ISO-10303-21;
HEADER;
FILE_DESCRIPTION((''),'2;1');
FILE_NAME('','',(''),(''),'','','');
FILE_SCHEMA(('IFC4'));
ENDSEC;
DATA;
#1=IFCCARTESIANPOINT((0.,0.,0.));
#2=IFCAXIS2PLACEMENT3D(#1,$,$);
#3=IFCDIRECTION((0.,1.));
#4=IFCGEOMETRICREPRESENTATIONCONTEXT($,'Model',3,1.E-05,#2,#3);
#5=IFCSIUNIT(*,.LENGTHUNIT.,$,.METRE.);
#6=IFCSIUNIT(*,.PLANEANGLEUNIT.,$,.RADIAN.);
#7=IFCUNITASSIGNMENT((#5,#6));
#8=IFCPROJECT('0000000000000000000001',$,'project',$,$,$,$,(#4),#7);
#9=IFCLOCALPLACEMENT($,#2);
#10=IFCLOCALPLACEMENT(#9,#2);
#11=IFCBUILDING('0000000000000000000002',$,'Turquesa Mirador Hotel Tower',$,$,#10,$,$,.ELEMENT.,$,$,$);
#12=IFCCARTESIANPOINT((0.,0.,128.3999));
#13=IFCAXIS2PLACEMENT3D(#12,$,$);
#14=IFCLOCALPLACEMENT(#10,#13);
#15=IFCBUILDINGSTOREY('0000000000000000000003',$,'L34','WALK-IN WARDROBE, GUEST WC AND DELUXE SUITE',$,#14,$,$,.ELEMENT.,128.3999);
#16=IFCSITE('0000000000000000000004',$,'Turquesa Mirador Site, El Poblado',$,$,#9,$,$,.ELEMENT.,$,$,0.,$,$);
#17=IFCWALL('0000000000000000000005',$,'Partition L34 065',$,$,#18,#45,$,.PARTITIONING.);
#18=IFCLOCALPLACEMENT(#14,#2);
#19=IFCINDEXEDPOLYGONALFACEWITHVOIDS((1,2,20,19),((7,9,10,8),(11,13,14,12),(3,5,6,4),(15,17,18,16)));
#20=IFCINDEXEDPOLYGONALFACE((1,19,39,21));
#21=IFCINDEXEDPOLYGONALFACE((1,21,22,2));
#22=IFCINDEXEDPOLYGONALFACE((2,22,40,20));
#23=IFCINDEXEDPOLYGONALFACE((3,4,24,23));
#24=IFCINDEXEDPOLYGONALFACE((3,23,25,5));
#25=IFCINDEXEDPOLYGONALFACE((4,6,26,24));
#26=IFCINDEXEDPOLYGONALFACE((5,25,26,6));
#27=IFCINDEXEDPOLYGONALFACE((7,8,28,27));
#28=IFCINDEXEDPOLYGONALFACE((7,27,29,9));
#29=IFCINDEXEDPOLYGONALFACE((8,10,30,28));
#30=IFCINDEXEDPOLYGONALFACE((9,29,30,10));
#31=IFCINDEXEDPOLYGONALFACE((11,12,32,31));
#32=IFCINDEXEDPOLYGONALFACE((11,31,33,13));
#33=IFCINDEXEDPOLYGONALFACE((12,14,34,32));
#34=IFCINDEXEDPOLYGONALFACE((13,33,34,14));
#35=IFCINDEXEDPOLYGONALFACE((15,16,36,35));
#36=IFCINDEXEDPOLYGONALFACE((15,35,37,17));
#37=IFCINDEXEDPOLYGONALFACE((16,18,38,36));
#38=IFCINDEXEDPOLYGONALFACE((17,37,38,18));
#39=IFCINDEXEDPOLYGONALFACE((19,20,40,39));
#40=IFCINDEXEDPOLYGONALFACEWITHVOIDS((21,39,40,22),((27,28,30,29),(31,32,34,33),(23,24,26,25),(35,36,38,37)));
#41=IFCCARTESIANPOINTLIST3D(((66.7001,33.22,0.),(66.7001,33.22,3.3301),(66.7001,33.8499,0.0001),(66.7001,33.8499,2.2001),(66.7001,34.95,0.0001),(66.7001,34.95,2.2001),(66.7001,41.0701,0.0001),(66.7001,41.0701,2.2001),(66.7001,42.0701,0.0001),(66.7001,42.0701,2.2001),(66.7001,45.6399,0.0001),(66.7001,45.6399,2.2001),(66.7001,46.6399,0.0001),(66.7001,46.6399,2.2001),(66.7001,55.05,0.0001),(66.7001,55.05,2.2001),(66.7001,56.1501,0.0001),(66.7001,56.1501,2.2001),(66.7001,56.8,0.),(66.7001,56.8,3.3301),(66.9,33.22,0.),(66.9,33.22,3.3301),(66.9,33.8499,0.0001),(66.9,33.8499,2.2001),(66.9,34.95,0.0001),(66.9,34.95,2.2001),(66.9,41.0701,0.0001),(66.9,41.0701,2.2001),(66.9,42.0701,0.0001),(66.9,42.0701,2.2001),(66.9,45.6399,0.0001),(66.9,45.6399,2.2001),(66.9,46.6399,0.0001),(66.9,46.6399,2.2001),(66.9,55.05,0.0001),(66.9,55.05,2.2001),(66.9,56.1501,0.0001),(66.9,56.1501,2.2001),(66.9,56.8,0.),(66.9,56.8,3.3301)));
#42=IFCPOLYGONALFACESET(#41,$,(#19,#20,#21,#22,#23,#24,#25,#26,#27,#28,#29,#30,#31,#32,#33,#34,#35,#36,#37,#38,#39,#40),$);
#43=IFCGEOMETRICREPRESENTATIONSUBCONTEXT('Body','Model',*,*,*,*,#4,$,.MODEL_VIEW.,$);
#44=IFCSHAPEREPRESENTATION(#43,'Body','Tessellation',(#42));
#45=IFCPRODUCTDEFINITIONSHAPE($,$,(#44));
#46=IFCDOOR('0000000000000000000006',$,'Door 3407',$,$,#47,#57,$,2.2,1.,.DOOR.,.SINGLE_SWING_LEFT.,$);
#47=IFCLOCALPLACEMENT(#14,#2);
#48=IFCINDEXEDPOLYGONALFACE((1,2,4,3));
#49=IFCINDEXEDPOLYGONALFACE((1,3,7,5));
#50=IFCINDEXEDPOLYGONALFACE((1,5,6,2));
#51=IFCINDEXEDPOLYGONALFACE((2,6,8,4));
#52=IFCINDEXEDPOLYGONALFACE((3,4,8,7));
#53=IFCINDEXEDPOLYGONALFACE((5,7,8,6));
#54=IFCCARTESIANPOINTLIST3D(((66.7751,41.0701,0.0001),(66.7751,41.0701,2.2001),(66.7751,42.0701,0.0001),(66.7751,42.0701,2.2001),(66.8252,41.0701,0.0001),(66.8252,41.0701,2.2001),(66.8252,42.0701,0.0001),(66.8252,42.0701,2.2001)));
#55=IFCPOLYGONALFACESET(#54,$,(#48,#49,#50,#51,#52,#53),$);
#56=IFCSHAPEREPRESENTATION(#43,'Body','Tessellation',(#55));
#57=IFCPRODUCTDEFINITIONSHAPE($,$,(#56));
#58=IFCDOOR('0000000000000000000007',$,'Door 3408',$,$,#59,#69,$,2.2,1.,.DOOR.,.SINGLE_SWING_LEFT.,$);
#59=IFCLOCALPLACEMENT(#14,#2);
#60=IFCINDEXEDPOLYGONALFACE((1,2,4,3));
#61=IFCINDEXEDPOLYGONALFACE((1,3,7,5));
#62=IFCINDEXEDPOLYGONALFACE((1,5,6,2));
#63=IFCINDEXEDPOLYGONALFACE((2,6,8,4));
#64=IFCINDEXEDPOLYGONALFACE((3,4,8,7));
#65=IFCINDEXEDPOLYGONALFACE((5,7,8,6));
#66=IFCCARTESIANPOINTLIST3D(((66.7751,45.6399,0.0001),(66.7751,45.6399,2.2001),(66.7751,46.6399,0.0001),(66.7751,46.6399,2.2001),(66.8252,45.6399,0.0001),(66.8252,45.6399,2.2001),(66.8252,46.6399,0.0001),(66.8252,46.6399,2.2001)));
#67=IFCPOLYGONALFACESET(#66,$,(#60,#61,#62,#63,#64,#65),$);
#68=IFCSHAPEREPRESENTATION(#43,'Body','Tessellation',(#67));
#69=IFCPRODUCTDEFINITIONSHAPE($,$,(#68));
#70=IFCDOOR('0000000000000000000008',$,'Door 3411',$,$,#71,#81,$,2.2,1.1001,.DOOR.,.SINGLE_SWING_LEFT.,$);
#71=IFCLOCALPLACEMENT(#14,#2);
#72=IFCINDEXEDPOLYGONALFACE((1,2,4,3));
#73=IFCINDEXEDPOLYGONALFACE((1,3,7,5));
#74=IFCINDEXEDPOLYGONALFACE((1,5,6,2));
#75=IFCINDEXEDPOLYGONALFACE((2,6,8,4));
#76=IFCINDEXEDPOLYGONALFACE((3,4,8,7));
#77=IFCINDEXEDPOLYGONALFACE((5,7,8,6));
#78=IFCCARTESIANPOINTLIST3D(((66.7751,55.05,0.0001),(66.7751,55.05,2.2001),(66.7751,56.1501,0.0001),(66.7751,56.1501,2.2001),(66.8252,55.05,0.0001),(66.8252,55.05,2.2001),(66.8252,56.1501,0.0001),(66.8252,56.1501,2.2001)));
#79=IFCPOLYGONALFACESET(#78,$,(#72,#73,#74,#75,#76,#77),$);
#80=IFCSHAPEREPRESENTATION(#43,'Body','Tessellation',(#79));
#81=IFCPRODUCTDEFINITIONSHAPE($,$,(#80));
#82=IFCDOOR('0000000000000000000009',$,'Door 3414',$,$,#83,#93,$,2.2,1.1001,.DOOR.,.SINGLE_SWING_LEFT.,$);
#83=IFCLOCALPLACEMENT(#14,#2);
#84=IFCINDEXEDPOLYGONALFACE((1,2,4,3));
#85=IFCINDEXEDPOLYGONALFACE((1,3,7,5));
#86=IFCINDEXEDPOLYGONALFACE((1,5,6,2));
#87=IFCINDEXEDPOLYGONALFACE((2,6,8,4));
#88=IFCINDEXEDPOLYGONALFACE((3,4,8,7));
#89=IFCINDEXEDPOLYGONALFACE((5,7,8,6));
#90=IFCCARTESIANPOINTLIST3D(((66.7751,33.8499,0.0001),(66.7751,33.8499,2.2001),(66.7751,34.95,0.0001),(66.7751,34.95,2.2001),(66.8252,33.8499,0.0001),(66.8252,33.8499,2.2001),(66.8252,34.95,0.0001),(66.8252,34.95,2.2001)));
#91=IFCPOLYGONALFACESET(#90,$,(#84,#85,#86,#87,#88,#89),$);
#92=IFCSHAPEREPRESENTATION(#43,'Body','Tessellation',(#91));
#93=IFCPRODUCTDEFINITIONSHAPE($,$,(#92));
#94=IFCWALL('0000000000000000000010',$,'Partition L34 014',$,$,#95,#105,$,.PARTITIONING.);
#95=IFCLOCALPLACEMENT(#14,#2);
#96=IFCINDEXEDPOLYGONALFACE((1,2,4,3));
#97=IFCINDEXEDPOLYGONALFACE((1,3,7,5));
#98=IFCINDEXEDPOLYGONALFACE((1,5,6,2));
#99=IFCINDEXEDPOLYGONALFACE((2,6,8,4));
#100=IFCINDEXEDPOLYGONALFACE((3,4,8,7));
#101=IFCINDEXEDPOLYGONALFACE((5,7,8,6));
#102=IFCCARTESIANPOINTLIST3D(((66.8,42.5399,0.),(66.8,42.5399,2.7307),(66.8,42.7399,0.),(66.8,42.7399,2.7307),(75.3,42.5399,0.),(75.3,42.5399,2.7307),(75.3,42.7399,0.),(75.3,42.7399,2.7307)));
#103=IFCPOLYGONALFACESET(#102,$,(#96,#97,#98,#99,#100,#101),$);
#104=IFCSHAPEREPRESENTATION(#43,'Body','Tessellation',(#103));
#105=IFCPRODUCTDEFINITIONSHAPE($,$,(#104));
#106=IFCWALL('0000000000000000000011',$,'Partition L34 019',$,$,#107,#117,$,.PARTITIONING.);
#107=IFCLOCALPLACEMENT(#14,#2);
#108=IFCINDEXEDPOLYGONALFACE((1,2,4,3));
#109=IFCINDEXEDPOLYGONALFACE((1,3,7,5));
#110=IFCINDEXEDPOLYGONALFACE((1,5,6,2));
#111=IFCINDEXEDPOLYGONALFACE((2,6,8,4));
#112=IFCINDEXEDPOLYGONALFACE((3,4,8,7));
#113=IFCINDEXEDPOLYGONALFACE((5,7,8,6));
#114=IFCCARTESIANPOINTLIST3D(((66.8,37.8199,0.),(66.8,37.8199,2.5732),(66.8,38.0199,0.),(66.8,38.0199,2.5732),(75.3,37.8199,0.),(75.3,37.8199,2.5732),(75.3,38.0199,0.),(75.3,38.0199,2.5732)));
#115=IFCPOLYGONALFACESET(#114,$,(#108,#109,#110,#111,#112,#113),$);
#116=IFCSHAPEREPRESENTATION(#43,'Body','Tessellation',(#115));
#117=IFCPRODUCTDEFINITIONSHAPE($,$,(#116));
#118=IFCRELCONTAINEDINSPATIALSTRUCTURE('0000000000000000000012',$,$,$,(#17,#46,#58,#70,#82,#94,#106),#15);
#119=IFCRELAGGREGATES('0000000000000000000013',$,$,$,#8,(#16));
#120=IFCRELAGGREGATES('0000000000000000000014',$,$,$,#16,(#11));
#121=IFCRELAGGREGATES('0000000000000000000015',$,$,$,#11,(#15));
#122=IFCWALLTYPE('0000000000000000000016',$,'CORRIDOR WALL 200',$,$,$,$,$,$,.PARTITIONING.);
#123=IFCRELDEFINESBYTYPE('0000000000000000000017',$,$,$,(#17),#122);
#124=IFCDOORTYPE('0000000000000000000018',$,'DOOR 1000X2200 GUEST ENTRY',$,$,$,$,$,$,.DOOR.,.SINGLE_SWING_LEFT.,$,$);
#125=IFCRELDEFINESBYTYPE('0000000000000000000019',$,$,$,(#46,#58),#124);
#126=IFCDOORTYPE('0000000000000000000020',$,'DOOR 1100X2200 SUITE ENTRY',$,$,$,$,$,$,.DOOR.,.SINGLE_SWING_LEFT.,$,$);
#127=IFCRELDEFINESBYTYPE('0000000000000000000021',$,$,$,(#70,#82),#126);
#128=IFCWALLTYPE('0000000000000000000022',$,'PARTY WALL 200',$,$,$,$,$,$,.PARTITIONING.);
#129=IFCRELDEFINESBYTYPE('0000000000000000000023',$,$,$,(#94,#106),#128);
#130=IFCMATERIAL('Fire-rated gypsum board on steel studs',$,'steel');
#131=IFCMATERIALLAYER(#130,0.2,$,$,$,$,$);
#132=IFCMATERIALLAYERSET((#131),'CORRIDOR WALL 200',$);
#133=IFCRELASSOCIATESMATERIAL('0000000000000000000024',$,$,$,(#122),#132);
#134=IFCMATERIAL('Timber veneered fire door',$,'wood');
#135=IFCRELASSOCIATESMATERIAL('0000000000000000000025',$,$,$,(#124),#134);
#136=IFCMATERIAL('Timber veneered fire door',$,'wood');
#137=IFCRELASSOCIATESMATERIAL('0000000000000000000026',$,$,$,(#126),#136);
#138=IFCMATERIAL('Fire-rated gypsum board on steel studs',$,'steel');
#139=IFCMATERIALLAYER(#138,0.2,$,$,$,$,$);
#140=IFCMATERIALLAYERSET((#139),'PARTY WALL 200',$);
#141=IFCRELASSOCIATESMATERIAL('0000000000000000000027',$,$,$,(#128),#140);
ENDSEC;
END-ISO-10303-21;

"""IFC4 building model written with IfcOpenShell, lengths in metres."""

from ifc_helpers import new_model, si_unit, direction, frame, frame_2d, origin, place, context, subcontext, project, spatial, rectangle, extrude, material, layer, layer_set, type_object, element, fill, save


model = new_model("IFC4")

# Units and contexts
model_context = context("Model", 3, precision=1e-05, world=origin(), true_north=direction((0.0, 1.0)))
body_context = subcontext(model_context, "Body", "Model", "MODEL_VIEW")
ifc_project = project(units=[si_unit("LENGTHUNIT", "METRE"), si_unit("PLANEANGLEUNIT", "RADIAN")], contexts=[model_context])

# Site, building, storey
site_placement = place(None, origin())
site = spatial("IfcSite", under=ifc_project, at=site_placement, Name="Turquesa Mirador Site, El Poblado", CompositionType="ELEMENT", RefElevation=0.0)
building_placement = place(site_placement, origin())
building = spatial("IfcBuilding", under=site, at=building_placement, Name="Turquesa Mirador Hotel Tower", CompositionType="ELEMENT")
storey_placement = place(building_placement, frame((0.0, 0.0, 128.3999)))
storey = spatial("IfcBuildingStorey", under=building, at=storey_placement, Name="L34", Description="WALK-IN WARDROBE, GUEST WC AND DELUXE SUITE", CompositionType="ELEMENT", Elevation=128.3999)

# Wall, openings, doors
ifc_material_1 = material(Name="Fire-rated gypsum board on steel studs", Category="steel")
ifc_layer_1 = layer(ifc_material_1, 0.2)
ifc_layer_set_1 = layer_set([ifc_layer_1], Name="CORRIDOR WALL 200")
wall_type_1 = type_object("IfcWallType", Name="CORRIDOR WALL 200", PredefinedType="PARTITIONING", material=ifc_layer_set_1)
wall_1_placement = place(storey_placement, frame((66.8, 33.22, 0.0), z_axis=(0.0, 0.0, 1.0), x_axis=(0.0, 1.0, 0.0)))
wall_1 = element("IfcWall", 1, at=wall_1_placement, inside=storey, type_object=wall_type_1, Name="Partition L34 065", PredefinedType="PARTITIONING", context=body_context, shape_type="SweptSolid", body=[
    extrude(rectangle(XDim=23.5801, YDim=0.2, at=frame_2d((11.79, 0.0))), origin(), (0.0, 0.0, 1.0), 3.3301),
])
opening_1_placement = place(wall_1_placement, frame((7.8501, 0.0, 0.0)))
opening_1 = element("IfcOpeningElement", 2, at=opening_1_placement, cuts=wall_1, PredefinedType="OPENING", context=body_context, shape_type="SweptSolid", body=[
    extrude(rectangle(XDim=1.0, YDim=2.2, at=frame_2d((0.5, 1.1001))), frame((0.0, 0.1099, 0.0), z_axis=(0.0, -1.0, 0.0), x_axis=(1.0, 0.0, 0.0)), (0.0, 0.0, 1.0), 0.22),
])
opening_2_placement = place(wall_1_placement, frame((12.4199, 0.0, 0.0)))
opening_2 = element("IfcOpeningElement", 3, at=opening_2_placement, cuts=wall_1, PredefinedType="OPENING", context=body_context, shape_type="SweptSolid", body=[
    extrude(rectangle(XDim=1.0, YDim=2.2, at=frame_2d((0.5, 1.1001))), frame((0.0, 0.1099, 0.0), z_axis=(0.0, -1.0, 0.0), x_axis=(1.0, 0.0, 0.0)), (0.0, 0.0, 1.0), 0.22),
])
opening_3_placement = place(wall_1_placement, frame((21.8301, 0.0, 0.0)))
opening_3 = element("IfcOpeningElement", 4, at=opening_3_placement, cuts=wall_1, PredefinedType="OPENING", context=body_context, shape_type="SweptSolid", body=[
    extrude(rectangle(XDim=1.1001, YDim=2.2, at=frame_2d((0.55, 1.1001))), frame((0.0, 0.1099, 0.0), z_axis=(0.0, -1.0, 0.0), x_axis=(1.0, 0.0, 0.0)), (0.0, 0.0, 1.0), 0.22),
])
opening_4_placement = place(wall_1_placement, frame((0.6299, 0.0, 0.0)))
opening_4 = element("IfcOpeningElement", 5, at=opening_4_placement, cuts=wall_1, PredefinedType="OPENING", context=body_context, shape_type="SweptSolid", body=[
    extrude(rectangle(XDim=1.1001, YDim=2.2, at=frame_2d((0.55, 1.1001))), frame((0.0, 0.1099, 0.0), z_axis=(0.0, -1.0, 0.0), x_axis=(1.0, 0.0, 0.0)), (0.0, 0.0, 1.0), 0.22),
])
ifc_material_2 = material(Name="Timber veneered fire door", Category="wood")
door_type_1 = type_object("IfcDoorType", Name="DOOR 1000X2200 GUEST ENTRY", OperationType="SINGLE_SWING_LEFT", PredefinedType="DOOR", material=ifc_material_2)
door_1_placement = place(opening_1_placement, origin())
door_1 = element("IfcDoor", 6, at=door_1_placement, inside=storey, type_object=door_type_1, Name="Door 3407", OperationType="SINGLE_SWING_LEFT", OverallHeight=2.2, OverallWidth=1.0, PredefinedType="DOOR", context=body_context, shape_type="SweptSolid", body=[
    extrude(rectangle(XDim=1.0, YDim=2.2, at=frame_2d((0.5, 1.1001))), frame((0.0, 0.0249, 0.0), z_axis=(0.0, -1.0, 0.0), x_axis=(1.0, 0.0, 0.0)), (0.0, 0.0, 1.0), 0.05),
])
fill(opening_1, door_1)
door_2_placement = place(opening_2_placement, origin())
door_2 = element("IfcDoor", 7, at=door_2_placement, inside=storey, type_object=door_type_1, Name="Door 3408", OperationType="SINGLE_SWING_LEFT", OverallHeight=2.2, OverallWidth=1.0, PredefinedType="DOOR", context=body_context, shape_type="SweptSolid", body=[
    extrude(rectangle(XDim=1.0, YDim=2.2, at=frame_2d((0.5, 1.1001))), frame((0.0, 0.0249, 0.0), z_axis=(0.0, -1.0, 0.0), x_axis=(1.0, 0.0, 0.0)), (0.0, 0.0, 1.0), 0.05),
])
fill(opening_2, door_2)
ifc_material_3 = material(Name="Timber veneered fire door", Category="wood")
door_type_2 = type_object("IfcDoorType", Name="DOOR 1100X2200 SUITE ENTRY", OperationType="SINGLE_SWING_LEFT", PredefinedType="DOOR", material=ifc_material_3)
door_3_placement = place(opening_3_placement, origin())
door_3 = element("IfcDoor", 8, at=door_3_placement, inside=storey, type_object=door_type_2, Name="Door 3411", OperationType="SINGLE_SWING_LEFT", OverallHeight=2.2, OverallWidth=1.1001, PredefinedType="DOOR", context=body_context, shape_type="SweptSolid", body=[
    extrude(rectangle(XDim=1.1001, YDim=2.2, at=frame_2d((0.55, 1.1001))), frame((0.0, 0.0249, 0.0), z_axis=(0.0, -1.0, 0.0), x_axis=(1.0, 0.0, 0.0)), (0.0, 0.0, 1.0), 0.05),
])
fill(opening_3, door_3)
door_4_placement = place(opening_4_placement, origin())
door_4 = element("IfcDoor", 9, at=door_4_placement, inside=storey, type_object=door_type_2, Name="Door 3414", OperationType="SINGLE_SWING_LEFT", OverallHeight=2.2, OverallWidth=1.1001, PredefinedType="DOOR", context=body_context, shape_type="SweptSolid", body=[
    extrude(rectangle(XDim=1.1001, YDim=2.2, at=frame_2d((0.55, 1.1001))), frame((0.0, 0.0249, 0.0), z_axis=(0.0, -1.0, 0.0), x_axis=(1.0, 0.0, 0.0)), (0.0, 0.0, 1.0), 0.05),
])
fill(opening_4, door_4)

# Walls
ifc_material_4 = material(Name="Fire-rated gypsum board on steel studs", Category="steel")
ifc_layer_2 = layer(ifc_material_4, 0.2)
ifc_layer_set_2 = layer_set([ifc_layer_2], Name="PARTY WALL 200")
wall_type_2 = type_object("IfcWallType", Name="PARTY WALL 200", PredefinedType="PARTITIONING", material=ifc_layer_set_2)
wall_2_placement = place(storey_placement, frame((66.8, 42.6399, 0.0), z_axis=(0.0, 0.0, 1.0), x_axis=(1.0, 0.0, 0.0)))
element("IfcWall", 10, at=wall_2_placement, inside=storey, type_object=wall_type_2, Name="Partition L34 014", PredefinedType="PARTITIONING", context=body_context, shape_type="SweptSolid", body=[
    extrude(rectangle(XDim=8.5, YDim=0.2, at=frame_2d((4.25, 0.0))), origin(), (0.0, 0.0, 1.0), 2.7307),
])
wall_3_placement = place(storey_placement, frame((66.8, 37.9199, 0.0), z_axis=(0.0, 0.0, 1.0), x_axis=(1.0, 0.0, 0.0)))
element("IfcWall", 11, at=wall_3_placement, inside=storey, type_object=wall_type_2, Name="Partition L34 019", PredefinedType="PARTITIONING", context=body_context, shape_type="SweptSolid", body=[
    extrude(rectangle(XDim=8.5, YDim=0.2, at=frame_2d((4.25, 0.0))), origin(), (0.0, 0.0, 1.0), 2.5732),
])

save(model, "model.ifc")
